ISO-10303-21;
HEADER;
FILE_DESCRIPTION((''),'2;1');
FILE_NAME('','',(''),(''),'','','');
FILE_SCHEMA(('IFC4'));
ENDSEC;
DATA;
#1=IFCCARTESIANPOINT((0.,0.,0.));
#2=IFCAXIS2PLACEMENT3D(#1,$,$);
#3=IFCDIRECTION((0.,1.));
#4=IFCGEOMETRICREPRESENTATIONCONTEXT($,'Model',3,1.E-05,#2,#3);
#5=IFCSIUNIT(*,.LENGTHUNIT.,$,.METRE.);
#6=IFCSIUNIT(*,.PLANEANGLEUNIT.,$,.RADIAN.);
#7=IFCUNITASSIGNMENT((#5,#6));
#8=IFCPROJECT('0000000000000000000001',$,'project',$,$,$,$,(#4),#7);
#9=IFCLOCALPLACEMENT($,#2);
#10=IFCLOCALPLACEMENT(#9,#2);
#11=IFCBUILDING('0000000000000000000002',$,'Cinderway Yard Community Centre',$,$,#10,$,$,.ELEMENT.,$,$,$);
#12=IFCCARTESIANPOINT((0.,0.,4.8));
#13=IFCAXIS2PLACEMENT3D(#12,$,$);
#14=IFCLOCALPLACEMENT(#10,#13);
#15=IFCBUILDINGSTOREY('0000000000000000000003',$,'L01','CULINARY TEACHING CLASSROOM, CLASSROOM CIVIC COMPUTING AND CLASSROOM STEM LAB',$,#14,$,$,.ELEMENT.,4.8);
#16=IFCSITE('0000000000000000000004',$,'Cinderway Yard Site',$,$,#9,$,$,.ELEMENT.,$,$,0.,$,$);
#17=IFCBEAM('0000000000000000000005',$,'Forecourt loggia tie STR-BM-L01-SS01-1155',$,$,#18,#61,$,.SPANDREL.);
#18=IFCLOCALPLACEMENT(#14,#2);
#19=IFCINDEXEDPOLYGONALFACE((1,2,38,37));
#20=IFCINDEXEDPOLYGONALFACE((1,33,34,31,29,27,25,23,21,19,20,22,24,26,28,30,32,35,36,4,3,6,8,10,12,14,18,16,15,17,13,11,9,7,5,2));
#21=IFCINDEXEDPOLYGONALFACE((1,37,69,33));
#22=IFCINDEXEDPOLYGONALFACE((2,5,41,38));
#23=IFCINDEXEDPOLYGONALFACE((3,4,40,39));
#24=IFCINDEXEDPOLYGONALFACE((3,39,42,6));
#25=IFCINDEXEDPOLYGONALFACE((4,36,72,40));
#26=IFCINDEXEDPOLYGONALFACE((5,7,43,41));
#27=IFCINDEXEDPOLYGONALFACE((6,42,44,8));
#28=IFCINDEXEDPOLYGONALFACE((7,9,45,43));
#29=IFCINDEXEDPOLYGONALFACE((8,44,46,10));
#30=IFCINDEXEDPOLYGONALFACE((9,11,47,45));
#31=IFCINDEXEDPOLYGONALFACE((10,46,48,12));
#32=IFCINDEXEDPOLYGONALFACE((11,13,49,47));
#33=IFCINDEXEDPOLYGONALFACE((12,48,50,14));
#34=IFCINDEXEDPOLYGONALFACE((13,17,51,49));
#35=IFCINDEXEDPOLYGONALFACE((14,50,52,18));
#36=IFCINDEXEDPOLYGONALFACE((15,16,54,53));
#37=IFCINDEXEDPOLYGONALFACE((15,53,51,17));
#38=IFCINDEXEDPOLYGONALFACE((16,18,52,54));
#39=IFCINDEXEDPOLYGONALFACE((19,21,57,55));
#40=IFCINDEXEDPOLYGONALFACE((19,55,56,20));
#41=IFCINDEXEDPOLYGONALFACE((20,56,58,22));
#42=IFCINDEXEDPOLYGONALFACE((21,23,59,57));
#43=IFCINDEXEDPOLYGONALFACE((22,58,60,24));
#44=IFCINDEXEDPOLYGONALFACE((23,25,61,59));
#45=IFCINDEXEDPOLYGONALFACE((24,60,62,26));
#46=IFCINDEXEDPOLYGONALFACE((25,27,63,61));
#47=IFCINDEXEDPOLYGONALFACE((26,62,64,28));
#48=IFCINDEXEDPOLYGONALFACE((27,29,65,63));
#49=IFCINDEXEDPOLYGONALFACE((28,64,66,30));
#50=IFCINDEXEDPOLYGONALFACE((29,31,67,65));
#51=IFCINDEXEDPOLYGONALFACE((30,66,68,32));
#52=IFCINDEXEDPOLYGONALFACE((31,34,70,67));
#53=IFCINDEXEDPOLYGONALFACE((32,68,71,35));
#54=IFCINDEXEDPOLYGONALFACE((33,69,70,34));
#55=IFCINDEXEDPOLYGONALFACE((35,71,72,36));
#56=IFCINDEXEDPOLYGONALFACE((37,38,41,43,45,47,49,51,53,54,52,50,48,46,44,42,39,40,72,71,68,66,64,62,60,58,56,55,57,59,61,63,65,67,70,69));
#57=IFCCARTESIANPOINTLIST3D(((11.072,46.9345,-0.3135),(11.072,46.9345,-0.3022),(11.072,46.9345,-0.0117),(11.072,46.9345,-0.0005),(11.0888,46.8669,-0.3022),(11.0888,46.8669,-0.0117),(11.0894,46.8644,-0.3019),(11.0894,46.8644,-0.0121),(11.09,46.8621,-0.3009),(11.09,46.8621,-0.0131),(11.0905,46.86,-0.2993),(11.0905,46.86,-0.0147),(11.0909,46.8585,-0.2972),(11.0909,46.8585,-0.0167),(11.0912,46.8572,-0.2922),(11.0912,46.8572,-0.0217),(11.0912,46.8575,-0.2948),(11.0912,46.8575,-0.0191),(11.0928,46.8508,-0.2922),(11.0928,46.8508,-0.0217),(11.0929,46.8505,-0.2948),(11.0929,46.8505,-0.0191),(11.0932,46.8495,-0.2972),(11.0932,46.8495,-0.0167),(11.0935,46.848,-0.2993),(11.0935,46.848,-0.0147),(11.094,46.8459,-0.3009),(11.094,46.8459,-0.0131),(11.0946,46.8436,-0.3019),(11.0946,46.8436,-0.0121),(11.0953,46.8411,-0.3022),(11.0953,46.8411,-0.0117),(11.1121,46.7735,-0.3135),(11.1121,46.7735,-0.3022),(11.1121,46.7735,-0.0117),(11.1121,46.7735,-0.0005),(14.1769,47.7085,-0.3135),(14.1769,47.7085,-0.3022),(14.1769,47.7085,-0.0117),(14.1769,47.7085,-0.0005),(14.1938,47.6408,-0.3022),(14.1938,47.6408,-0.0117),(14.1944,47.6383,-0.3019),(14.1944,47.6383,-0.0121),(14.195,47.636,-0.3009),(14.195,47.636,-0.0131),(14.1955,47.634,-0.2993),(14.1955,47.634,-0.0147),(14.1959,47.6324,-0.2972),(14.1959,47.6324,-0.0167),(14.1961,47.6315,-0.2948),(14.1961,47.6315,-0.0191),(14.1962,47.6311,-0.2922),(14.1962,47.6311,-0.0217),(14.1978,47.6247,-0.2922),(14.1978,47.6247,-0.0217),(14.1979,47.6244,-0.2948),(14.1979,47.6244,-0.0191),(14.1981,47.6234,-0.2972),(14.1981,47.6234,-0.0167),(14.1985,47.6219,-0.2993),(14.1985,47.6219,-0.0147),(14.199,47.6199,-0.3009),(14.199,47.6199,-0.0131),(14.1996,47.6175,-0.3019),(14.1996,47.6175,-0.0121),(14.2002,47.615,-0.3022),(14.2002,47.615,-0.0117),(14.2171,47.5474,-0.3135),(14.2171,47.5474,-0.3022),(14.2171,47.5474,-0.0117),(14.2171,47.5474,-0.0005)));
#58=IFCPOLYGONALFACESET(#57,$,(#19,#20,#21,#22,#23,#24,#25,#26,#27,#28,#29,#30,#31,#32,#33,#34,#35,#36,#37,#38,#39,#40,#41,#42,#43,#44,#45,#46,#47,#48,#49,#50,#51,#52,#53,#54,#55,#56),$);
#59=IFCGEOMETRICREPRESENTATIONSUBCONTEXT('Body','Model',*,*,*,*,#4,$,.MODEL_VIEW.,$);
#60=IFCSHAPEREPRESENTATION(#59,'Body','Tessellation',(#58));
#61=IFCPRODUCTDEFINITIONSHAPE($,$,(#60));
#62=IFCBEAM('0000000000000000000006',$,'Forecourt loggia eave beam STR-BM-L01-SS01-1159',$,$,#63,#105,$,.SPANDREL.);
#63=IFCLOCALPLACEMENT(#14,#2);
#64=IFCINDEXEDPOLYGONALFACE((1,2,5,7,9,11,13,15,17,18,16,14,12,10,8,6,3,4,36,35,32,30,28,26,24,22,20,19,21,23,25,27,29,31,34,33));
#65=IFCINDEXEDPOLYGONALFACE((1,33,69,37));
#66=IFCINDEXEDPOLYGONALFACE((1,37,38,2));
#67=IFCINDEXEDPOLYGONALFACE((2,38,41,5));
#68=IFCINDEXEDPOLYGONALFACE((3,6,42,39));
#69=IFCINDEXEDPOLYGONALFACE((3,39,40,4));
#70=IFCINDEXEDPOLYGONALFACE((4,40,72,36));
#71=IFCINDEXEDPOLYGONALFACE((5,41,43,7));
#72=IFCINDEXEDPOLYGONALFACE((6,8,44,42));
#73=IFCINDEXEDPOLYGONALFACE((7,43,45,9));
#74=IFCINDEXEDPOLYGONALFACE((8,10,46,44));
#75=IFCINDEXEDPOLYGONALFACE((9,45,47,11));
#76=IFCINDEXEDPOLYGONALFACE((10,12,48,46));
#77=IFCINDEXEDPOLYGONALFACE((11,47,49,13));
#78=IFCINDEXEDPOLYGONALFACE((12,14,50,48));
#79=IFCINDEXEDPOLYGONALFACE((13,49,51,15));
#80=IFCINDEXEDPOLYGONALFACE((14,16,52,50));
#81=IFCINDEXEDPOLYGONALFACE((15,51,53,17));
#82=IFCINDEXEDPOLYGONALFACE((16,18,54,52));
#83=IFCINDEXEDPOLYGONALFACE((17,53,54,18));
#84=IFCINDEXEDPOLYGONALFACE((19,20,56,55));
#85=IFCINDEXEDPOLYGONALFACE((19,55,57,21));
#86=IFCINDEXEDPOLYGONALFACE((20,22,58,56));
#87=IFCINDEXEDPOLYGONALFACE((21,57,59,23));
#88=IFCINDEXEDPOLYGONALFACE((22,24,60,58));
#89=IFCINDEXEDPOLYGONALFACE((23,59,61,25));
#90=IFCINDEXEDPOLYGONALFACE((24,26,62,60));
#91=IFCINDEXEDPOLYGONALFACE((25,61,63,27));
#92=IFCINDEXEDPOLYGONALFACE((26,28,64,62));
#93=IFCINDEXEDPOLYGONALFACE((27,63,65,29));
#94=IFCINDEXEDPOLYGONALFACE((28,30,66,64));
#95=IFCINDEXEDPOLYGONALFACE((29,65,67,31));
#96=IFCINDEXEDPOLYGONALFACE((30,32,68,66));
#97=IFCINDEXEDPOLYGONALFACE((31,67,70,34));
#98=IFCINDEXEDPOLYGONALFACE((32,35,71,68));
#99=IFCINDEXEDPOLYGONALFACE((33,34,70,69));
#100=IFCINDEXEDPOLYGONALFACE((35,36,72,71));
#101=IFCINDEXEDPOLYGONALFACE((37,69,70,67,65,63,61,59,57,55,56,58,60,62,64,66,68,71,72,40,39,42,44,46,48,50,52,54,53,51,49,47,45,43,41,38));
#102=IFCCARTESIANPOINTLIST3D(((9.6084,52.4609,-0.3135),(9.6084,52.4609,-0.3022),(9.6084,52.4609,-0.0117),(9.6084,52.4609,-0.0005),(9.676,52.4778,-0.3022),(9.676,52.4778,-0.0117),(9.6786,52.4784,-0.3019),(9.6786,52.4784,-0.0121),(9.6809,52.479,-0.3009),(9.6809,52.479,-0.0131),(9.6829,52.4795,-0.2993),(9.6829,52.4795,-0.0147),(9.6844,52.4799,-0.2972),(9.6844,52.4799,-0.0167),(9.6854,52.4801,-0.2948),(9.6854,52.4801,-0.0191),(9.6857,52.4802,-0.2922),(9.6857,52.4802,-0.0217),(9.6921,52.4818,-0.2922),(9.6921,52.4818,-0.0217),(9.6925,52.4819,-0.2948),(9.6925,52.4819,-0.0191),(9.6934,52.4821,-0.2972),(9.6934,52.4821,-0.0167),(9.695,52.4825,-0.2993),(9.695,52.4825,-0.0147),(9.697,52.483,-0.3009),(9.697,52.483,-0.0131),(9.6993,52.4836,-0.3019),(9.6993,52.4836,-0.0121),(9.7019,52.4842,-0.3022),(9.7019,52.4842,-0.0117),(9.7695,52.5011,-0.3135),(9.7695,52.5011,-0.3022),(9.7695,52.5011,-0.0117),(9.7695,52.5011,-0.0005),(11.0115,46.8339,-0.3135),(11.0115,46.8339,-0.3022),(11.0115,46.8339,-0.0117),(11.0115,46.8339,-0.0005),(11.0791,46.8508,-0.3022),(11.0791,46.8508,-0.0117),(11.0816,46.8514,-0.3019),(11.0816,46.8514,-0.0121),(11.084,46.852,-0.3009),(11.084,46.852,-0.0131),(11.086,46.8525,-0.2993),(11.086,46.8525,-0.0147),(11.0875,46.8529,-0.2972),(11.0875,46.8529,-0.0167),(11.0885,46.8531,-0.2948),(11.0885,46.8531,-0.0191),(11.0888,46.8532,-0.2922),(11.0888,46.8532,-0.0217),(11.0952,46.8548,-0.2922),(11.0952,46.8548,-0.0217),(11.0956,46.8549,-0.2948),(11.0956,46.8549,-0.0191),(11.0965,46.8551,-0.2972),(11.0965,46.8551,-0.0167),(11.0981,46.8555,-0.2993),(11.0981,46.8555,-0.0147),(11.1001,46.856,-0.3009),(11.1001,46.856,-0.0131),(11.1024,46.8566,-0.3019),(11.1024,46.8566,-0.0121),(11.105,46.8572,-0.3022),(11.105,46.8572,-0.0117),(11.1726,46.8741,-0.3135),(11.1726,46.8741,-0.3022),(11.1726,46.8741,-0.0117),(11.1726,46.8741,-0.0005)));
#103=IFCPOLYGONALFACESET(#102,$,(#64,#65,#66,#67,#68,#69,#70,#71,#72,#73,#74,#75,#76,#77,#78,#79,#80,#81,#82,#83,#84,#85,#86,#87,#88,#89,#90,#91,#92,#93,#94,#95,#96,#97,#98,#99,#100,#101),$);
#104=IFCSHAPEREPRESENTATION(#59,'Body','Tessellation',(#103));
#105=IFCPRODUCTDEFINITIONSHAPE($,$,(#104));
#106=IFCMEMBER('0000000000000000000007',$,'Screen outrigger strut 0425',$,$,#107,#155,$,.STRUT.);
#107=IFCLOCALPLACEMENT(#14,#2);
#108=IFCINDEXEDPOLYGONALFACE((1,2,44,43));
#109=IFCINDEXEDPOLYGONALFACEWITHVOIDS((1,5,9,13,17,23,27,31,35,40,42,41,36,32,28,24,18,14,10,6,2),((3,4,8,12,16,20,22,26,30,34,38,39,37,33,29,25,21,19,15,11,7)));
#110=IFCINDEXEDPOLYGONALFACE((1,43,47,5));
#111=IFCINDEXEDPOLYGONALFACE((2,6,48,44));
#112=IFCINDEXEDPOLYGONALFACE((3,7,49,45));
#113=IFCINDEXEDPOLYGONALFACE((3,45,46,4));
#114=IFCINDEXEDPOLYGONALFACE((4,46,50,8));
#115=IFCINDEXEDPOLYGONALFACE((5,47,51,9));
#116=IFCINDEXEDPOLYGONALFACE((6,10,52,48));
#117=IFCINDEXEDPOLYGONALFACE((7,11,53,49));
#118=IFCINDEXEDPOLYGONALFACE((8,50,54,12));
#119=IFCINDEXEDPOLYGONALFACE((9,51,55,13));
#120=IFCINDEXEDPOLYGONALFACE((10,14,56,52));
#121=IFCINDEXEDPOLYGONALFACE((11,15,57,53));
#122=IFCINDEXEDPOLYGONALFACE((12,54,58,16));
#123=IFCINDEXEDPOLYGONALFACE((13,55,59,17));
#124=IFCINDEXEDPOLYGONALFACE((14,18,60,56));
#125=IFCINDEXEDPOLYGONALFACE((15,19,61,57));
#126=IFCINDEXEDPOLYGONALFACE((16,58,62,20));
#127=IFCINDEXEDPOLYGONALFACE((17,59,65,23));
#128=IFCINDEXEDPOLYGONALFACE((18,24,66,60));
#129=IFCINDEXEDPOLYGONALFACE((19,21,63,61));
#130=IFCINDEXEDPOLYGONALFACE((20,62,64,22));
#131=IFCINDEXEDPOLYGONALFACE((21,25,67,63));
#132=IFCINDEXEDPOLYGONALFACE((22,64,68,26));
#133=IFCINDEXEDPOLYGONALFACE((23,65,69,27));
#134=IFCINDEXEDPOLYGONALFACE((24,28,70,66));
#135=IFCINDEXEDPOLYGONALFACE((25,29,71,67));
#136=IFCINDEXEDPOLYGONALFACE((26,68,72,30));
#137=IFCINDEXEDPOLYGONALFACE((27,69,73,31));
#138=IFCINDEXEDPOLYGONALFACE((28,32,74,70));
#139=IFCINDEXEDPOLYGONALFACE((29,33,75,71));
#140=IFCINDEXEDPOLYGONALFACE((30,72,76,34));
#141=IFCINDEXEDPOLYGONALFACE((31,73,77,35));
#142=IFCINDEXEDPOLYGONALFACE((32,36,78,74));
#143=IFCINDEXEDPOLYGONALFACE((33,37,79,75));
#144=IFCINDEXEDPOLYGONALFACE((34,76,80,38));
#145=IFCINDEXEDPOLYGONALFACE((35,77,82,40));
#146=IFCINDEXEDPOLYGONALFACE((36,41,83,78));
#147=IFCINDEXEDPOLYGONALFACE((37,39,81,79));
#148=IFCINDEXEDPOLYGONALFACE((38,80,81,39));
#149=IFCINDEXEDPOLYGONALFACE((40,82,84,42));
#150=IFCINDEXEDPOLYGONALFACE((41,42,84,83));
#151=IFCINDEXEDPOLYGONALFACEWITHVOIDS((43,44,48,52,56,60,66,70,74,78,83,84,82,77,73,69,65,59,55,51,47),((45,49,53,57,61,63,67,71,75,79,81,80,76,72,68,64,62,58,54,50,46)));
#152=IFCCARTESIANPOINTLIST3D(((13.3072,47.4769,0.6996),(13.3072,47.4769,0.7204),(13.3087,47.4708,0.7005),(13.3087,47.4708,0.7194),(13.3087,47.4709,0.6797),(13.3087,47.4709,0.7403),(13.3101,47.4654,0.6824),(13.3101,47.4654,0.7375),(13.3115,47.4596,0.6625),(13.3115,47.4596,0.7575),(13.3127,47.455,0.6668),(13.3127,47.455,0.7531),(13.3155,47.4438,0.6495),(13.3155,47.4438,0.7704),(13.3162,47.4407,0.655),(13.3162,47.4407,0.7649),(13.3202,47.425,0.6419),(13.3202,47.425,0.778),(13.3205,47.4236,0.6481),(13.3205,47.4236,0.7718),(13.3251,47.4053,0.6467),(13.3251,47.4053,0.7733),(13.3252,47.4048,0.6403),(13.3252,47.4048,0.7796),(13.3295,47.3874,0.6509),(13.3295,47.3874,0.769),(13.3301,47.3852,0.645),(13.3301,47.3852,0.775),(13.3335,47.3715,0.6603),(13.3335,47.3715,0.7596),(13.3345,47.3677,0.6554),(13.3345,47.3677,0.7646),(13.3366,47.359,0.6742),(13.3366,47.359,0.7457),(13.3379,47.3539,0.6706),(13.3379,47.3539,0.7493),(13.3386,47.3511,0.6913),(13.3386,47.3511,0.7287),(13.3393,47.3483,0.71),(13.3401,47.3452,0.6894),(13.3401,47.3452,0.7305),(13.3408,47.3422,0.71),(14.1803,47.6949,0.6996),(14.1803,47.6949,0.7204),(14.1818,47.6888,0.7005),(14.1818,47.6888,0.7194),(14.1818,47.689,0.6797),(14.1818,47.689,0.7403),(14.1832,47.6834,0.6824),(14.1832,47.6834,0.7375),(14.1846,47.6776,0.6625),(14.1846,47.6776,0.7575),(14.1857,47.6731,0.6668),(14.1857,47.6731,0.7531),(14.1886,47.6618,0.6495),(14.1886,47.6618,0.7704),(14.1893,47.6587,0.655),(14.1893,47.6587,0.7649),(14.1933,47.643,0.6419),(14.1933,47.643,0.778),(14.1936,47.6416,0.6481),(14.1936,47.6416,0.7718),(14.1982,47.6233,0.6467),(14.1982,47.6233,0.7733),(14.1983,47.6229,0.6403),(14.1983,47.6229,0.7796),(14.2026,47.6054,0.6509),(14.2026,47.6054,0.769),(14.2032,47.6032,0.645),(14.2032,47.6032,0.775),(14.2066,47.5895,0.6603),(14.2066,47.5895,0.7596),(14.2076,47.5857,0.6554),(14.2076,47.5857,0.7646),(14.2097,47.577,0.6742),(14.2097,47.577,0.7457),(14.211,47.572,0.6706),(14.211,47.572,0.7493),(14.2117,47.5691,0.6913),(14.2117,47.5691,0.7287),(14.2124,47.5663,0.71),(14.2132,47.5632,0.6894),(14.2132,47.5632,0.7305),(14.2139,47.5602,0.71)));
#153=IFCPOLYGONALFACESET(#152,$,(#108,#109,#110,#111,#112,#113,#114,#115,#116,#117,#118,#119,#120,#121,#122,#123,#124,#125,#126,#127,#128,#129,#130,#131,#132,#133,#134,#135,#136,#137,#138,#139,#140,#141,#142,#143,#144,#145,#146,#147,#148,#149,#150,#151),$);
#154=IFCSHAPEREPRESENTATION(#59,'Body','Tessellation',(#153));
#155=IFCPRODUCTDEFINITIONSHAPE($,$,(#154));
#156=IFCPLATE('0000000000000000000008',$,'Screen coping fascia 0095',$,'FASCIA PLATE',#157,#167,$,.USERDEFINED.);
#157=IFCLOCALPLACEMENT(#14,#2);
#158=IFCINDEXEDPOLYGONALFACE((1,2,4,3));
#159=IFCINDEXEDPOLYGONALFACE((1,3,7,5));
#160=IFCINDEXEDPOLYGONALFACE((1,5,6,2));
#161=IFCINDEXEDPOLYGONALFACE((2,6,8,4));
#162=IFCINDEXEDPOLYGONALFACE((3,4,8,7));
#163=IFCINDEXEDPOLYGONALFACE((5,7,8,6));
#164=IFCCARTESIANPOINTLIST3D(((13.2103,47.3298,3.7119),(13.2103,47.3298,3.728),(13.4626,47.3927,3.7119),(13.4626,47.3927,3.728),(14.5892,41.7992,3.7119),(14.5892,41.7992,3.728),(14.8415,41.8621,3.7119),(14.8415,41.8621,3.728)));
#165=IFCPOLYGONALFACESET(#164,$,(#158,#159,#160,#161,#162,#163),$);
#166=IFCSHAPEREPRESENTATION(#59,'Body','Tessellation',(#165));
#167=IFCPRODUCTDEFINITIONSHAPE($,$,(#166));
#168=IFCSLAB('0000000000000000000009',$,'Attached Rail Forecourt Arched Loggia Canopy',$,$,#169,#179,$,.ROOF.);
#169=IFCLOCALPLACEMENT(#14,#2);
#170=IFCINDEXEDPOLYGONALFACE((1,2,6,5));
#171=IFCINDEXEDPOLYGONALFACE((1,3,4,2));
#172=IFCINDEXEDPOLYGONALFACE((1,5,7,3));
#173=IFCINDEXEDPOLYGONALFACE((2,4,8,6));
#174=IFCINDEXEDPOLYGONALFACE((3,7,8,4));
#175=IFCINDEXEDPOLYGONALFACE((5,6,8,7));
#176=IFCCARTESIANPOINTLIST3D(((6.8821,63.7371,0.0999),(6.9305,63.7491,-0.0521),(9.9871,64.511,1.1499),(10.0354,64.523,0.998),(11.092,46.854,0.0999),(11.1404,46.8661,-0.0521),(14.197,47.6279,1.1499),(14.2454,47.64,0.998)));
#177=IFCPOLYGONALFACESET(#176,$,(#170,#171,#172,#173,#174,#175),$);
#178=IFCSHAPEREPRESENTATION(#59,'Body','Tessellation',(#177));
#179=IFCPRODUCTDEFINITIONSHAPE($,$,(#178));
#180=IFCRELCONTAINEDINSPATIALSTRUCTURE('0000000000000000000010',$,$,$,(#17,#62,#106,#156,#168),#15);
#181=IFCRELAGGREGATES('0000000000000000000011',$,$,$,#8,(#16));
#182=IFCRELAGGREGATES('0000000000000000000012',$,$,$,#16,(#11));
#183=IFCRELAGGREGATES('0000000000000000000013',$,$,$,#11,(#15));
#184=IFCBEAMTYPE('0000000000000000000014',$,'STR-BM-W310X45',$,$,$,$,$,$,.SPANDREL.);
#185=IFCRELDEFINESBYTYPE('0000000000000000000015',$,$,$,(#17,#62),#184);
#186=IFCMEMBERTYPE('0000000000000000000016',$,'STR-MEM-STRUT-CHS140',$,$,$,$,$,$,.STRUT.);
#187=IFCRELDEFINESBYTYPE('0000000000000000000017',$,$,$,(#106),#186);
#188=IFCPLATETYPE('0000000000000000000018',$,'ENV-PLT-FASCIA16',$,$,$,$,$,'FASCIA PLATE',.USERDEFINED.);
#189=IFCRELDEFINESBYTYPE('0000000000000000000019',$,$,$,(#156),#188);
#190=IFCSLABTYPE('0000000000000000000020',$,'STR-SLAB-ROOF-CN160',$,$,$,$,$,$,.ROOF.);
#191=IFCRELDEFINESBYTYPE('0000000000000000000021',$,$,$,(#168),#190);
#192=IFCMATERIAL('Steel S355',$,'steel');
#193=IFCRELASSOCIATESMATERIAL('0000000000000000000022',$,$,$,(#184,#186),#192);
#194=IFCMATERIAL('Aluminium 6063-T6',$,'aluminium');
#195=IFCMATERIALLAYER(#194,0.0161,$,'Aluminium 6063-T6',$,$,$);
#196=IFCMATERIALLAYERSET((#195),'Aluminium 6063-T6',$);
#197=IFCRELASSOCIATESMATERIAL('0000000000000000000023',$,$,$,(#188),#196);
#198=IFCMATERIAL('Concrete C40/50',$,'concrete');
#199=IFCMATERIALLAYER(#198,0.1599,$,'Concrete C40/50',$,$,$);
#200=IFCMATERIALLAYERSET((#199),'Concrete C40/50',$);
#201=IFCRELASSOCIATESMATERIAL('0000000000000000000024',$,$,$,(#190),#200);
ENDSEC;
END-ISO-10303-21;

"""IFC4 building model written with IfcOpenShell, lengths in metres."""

from ifc_helpers import new_model, si_unit, direction, frame, origin, origin_2d, place, context, subcontext, project, spatial, polyline, rectangle, hollow_circle, i_section, outline, extrude, material, layer, layer_set, material_profile, profile_set, type_object, element, save


model = new_model("IFC4")

# Units and contexts
model_context = context("Model", 3, precision=1e-05, world=origin(), true_north=direction((0.0, 1.0)))
body_context = subcontext(model_context, "Body", "Model", "MODEL_VIEW")
ifc_project = project(units=[si_unit("LENGTHUNIT", "METRE"), si_unit("PLANEANGLEUNIT", "RADIAN")], contexts=[model_context])

# Site, building, storey
site_placement = place(None, origin())
site = spatial("IfcSite", under=ifc_project, at=site_placement, Name="Cinderway Yard Site", CompositionType="ELEMENT", RefElevation=0.0)
building_placement = place(site_placement, origin())
building = spatial("IfcBuilding", under=site, at=building_placement, Name="Cinderway Yard Community Centre", CompositionType="ELEMENT")
storey_placement = place(building_placement, frame((0.0, 0.0, 4.8)))
storey = spatial("IfcBuildingStorey", under=building, at=storey_placement, Name="L01", Description="CULINARY TEACHING CLASSROOM, CLASSROOM CIVIC COMPUTING AND CLASSROOM STEM LAB", CompositionType="ELEMENT", Elevation=4.8)

# Shared definitions
ifc_material_1 = material(Name="Concrete C40/50", Category="concrete")

# Shared definitions
ifc_material_2 = material(Name="Steel S355", Category="steel")

# Beams
ifc_material_profile_1 = material_profile(ifc_material_2, i_section(OverallWidth=0.166, OverallDepth=0.313, WebThickness=0.0066, FlangeThickness=0.0112, FilletRadius=0.01, at=origin_2d()), Name="Steel S355")
ifc_profile_set_1 = profile_set([ifc_material_profile_1], Name="Steel S355")
beam_type_1 = type_object("IfcBeamType", Name="STR-BM-W310X45", PredefinedType="SPANDREL", material=ifc_profile_set_1)
beam_1_placement = place(storey_placement, frame((11.092, 46.854, -0.157), z_axis=(0.970313, 0.241853, 0.0), x_axis=(-0.241853, 0.970313, 0.0)))
element("IfcBeam", 1, at=beam_1_placement, inside=storey, type_object=beam_type_1, Name="Forecourt loggia tie STR-BM-L01-SS01-1155", PredefinedType="SPANDREL", context=body_context, shape_type="SweptSolid", body=[
    extrude(i_section(OverallWidth=0.166, OverallDepth=0.313, WebThickness=0.0066, FlangeThickness=0.0112, FilletRadius=0.01, at=origin_2d()), origin(), (0.0, 0.0, 1.0), 3.2),
])
beam_2_placement = place(storey_placement, frame((11.092, 46.854, -0.157), z_axis=(-0.241941, 0.970291, 0.0), x_axis=(-0.970291, -0.241941, 0.0)))
element("IfcBeam", 2, at=beam_2_placement, inside=storey, type_object=beam_type_1, Name="Forecourt loggia eave beam STR-BM-L01-SS01-1159", PredefinedType="SPANDREL", context=body_context, shape_type="SweptSolid", body=[
    extrude(i_section(OverallWidth=0.166, OverallDepth=0.313, WebThickness=0.0066, FlangeThickness=0.0112, FilletRadius=0.01, at=origin_2d()), origin(), (0.0, 0.0, 1.0), 5.7993),
])

# Member
ifc_material_profile_2 = material_profile(ifc_material_2, hollow_circle(Radius=0.0698, WallThickness=0.0063, at=origin_2d()), Name="Steel S355")
ifc_profile_set_2 = profile_set([ifc_material_profile_2], Name="Steel S355")
member_type_1 = type_object("IfcMemberType", Name="STR-MEM-STRUT-CHS140", PredefinedType="STRUT", material=ifc_profile_set_2)
member_placement = place(storey_placement, frame((14.197, 47.6279, 0.71), z_axis=(-0.970206, -0.24228, 0.0), x_axis=(0.24228, -0.970206, 0.0)))
element("IfcMember", 3, at=member_placement, inside=storey, type_object=member_type_1, Name="Screen outrigger strut 0425", PredefinedType="STRUT", context=body_context, shape_type="SweptSolid", body=[
    extrude(hollow_circle(Radius=0.0698, WallThickness=0.0063, at=origin_2d()), origin(), (0.0, 0.0, 1.0), 0.8999),
])

# Plate
ifc_material_3 = material(Name="Aluminium 6063-T6", Category="aluminium")
ifc_layer_1 = layer(ifc_material_3, 0.0161, Name="Aluminium 6063-T6")
ifc_layer_set_1 = layer_set([ifc_layer_1], Name="Aluminium 6063-T6")
plate_type = type_object("IfcPlateType", Name="ENV-PLT-FASCIA16", ElementType="FASCIA PLATE", PredefinedType="USERDEFINED", material=ifc_layer_set_1)
plate_placement = place(storey_placement, frame((14.0259, 44.5959, 3.7119), z_axis=(0.0, 0.0, 1.0), x_axis=(-0.241922, 0.970296, 0.0)))
element("IfcPlate", 4, at=plate_placement, inside=storey, type_object=plate_type, Name="Screen coping fascia 0095", ObjectType="FASCIA PLATE", PredefinedType="USERDEFINED", context=body_context, shape_type="SweptSolid", body=[
    extrude(rectangle(XDim=5.7, YDim=0.26, at=origin_2d()), origin(), (0.0, 0.0, 1.0), 0.0161),
])

# Slab
ifc_layer_2 = layer(ifc_material_1, 0.1599, Name="Concrete C40/50")
ifc_layer_set_2 = layer_set([ifc_layer_2], Name="Concrete C40/50")
slab_type = type_object("IfcSlabType", Name="STR-SLAB-ROOF-CN160", PredefinedType="ROOF", material=ifc_layer_set_2)
slab_placement = place(storey_placement, frame((11.092, 46.854, 0.0999), z_axis=(-0.302522, -0.075437, 0.950153), x_axis=(0.921945, 0.229798, 0.311785)))
element("IfcSlab", 5, at=slab_placement, inside=storey, type_object=slab_type, Name="Attached Rail Forecourt Arched Loggia Canopy", PredefinedType="ROOF", context=body_context, shape_type="SweptSolid", body=[
    extrude(outline(polyline([(0.0, 0.0), (3.3679, 0.0), (3.3662, 17.4), (-0.0017, 17.4), (0.0, 0.0)])), origin(), (0.0, 0.0, -1.0), 0.1599),
])

save(model, "model.ifc")
